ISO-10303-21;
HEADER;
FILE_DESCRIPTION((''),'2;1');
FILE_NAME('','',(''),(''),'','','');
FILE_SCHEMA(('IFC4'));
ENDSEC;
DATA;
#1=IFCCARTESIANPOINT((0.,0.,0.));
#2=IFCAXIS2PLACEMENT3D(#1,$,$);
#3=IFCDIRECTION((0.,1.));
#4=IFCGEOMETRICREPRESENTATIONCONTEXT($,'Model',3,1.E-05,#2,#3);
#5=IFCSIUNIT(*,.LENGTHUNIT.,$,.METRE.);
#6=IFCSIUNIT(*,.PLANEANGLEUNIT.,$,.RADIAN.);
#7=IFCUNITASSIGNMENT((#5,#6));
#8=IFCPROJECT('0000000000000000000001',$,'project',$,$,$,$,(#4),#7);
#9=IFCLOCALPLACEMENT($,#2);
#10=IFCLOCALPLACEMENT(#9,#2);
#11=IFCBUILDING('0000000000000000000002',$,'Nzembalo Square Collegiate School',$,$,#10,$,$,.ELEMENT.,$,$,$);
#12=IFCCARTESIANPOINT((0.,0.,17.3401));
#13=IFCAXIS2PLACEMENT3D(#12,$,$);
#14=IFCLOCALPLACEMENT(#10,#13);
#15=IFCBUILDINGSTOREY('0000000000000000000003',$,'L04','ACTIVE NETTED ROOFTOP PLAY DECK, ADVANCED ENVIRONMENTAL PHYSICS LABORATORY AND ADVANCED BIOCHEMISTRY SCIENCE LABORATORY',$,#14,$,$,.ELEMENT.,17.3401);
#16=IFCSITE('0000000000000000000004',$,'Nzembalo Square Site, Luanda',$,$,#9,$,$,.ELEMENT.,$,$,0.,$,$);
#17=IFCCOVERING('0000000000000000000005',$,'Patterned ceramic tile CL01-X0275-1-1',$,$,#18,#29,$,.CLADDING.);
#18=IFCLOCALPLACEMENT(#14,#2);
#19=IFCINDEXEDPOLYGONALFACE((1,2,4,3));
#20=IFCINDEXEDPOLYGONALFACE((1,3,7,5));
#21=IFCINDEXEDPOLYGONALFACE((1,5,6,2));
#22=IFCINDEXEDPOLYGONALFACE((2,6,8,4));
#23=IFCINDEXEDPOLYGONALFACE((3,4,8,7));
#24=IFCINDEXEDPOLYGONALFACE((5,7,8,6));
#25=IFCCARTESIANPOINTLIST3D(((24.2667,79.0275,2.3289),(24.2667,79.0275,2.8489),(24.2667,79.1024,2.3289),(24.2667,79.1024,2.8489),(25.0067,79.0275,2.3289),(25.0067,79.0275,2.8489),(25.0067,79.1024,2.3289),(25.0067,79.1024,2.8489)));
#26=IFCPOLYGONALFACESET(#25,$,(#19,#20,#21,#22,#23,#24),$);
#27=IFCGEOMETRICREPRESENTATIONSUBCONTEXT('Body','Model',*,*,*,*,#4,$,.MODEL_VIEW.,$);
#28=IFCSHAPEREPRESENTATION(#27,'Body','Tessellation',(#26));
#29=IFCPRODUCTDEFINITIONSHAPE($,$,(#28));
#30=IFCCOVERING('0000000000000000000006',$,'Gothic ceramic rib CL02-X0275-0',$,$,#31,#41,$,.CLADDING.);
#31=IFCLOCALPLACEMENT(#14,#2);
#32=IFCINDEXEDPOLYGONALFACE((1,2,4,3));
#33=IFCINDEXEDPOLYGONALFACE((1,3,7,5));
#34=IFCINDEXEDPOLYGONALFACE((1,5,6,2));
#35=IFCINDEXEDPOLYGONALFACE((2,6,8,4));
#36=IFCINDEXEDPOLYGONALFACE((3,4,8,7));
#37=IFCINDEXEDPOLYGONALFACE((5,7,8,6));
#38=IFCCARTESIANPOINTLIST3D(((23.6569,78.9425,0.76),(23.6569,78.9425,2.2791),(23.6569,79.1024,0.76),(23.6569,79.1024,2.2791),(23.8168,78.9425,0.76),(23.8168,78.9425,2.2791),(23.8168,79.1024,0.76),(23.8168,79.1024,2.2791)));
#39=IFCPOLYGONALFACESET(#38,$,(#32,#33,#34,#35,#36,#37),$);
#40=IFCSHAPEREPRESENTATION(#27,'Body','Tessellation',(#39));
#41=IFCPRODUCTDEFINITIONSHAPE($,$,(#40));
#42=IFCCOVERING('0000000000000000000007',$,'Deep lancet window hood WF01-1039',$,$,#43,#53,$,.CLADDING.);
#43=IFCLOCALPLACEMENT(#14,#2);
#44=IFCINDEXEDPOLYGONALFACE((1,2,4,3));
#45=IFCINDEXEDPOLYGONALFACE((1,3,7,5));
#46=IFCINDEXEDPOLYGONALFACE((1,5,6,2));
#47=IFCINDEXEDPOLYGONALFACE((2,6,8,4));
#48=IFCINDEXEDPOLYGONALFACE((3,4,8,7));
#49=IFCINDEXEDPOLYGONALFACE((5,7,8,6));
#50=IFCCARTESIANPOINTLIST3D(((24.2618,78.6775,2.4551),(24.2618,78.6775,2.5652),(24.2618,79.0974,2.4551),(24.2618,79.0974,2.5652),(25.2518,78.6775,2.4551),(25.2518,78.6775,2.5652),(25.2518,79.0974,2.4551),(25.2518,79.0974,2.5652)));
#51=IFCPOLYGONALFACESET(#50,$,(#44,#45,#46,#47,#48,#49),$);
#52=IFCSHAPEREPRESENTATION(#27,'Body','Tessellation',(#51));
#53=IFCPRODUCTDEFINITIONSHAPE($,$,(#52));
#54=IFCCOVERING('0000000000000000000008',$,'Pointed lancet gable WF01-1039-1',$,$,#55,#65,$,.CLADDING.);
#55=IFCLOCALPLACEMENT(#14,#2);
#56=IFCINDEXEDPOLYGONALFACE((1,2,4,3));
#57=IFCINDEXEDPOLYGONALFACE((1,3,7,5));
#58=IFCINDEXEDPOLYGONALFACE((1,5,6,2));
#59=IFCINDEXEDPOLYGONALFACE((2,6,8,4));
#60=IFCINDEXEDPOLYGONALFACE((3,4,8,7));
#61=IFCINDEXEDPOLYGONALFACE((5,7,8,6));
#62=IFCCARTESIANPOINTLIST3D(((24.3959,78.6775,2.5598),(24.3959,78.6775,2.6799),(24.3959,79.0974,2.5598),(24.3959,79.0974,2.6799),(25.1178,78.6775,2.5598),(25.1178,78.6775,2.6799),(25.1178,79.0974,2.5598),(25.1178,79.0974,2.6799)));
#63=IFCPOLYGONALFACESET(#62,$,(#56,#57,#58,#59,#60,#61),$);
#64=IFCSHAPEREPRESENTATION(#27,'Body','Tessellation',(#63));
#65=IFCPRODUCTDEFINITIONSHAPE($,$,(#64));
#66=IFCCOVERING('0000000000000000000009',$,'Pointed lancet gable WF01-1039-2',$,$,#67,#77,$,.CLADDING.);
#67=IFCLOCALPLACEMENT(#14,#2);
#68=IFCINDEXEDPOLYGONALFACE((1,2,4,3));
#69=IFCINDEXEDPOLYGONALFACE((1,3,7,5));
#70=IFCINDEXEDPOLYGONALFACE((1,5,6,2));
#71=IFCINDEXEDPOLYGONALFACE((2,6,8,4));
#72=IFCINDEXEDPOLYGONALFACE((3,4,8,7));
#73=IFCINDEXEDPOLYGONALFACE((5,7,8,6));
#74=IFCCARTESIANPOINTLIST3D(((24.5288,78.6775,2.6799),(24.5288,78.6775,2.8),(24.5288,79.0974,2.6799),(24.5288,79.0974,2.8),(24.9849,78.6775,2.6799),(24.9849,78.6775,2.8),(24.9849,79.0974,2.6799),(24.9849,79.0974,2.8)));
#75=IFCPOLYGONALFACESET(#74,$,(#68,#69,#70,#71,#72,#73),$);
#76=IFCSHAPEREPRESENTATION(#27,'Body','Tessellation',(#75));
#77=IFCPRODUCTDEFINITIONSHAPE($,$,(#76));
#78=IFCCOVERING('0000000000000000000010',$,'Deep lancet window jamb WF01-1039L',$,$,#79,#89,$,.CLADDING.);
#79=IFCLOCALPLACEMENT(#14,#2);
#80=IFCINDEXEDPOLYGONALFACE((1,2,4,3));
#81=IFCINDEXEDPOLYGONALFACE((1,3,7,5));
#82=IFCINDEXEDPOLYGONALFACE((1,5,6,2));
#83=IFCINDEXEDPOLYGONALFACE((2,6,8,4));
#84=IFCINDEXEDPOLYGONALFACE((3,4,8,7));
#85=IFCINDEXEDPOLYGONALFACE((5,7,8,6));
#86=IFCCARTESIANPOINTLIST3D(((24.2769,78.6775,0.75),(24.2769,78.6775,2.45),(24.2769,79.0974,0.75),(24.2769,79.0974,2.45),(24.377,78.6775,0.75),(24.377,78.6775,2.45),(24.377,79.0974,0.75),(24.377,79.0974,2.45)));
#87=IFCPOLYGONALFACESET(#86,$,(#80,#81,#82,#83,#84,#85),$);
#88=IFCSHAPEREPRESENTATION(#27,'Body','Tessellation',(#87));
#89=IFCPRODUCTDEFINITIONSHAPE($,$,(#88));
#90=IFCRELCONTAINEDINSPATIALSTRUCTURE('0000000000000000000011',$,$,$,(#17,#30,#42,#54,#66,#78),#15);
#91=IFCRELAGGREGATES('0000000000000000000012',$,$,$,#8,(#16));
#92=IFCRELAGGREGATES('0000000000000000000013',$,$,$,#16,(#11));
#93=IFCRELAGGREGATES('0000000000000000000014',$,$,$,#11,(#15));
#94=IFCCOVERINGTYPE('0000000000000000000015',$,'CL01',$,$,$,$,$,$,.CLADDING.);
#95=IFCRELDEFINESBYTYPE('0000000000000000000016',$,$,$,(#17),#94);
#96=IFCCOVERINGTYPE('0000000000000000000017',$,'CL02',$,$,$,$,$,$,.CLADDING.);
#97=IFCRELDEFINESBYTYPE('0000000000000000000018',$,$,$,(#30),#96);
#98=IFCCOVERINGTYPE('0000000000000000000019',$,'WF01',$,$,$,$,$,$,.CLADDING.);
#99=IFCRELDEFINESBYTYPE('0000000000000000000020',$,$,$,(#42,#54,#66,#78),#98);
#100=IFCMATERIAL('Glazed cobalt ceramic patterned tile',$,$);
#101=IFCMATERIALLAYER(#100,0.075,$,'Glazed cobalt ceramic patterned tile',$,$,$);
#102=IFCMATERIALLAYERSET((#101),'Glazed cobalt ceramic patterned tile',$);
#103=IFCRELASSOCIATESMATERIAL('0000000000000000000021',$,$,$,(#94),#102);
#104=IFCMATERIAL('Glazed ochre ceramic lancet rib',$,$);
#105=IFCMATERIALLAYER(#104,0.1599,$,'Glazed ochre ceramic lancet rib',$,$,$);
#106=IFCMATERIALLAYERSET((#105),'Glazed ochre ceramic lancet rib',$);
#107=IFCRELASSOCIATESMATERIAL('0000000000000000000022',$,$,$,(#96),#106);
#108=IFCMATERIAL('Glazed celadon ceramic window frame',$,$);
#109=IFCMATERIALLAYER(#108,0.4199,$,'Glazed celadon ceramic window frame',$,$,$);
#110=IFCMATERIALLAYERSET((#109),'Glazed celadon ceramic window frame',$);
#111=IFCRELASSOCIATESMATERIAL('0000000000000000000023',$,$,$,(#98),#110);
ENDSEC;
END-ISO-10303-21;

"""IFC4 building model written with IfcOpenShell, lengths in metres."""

from ifc_helpers import new_model, si_unit, direction, frame, origin, origin_2d, place, context, subcontext, project, spatial, rectangle, extrude, material, layer, layer_set, type_object, element, save


model = new_model("IFC4")

# Units and contexts
model_context = context("Model", 3, precision=1e-05, world=origin(), true_north=direction((0.0, 1.0)))
body_context = subcontext(model_context, "Body", "Model", "MODEL_VIEW")
ifc_project = project(units=[si_unit("LENGTHUNIT", "METRE"), si_unit("PLANEANGLEUNIT", "RADIAN")], contexts=[model_context])

# Site, building, storey
site_placement = place(None, origin())
site = spatial("IfcSite", under=ifc_project, at=site_placement, Name="Nzembalo Square Site, Luanda", CompositionType="ELEMENT", RefElevation=0.0)
building_placement = place(site_placement, origin())
building = spatial("IfcBuilding", under=site, at=building_placement, Name="Nzembalo Square Collegiate School", CompositionType="ELEMENT")
storey_placement = place(building_placement, frame((0.0, 0.0, 17.3401)))
storey = spatial("IfcBuildingStorey", under=building, at=storey_placement, Name="L04", Description="ACTIVE NETTED ROOFTOP PLAY DECK, ADVANCED ENVIRONMENTAL PHYSICS LABORATORY AND ADVANCED BIOCHEMISTRY SCIENCE LABORATORY", CompositionType="ELEMENT", Elevation=17.3401)

# Coverings
ifc_material_1 = material(Name="Glazed cobalt ceramic patterned tile")
ifc_layer_1 = layer(ifc_material_1, 0.075, Name="Glazed cobalt ceramic patterned tile")
ifc_layer_set_1 = layer_set([ifc_layer_1], Name="Glazed cobalt ceramic patterned tile")
covering_type_1 = type_object("IfcCoveringType", Name="CL01", PredefinedType="CLADDING", material=ifc_layer_set_1)
for number, where, z_axis, x_axis, name in (
    (1, (24.6367, 79.0649, 2.3289), (0.0, 0.0, 1.0), (1.0, 0.0, 0.0), "Patterned ceramic tile CL01-X0275-1-1"),
):
    element("IfcCovering", number, at=place(storey_placement, frame(where, z_axis=z_axis, x_axis=x_axis)), inside=storey, type_object=covering_type_1, Name=name, PredefinedType="CLADDING", context=body_context, shape_type="SweptSolid", body=[
        extrude(rectangle(XDim=0.74, YDim=0.075, at=origin_2d()), origin(), (0.0, 0.0, 1.0), 0.52),
    ])
ifc_material_2 = material(Name="Glazed ochre ceramic lancet rib")
ifc_layer_2 = layer(ifc_material_2, 0.1599, Name="Glazed ochre ceramic lancet rib")
ifc_layer_set_2 = layer_set([ifc_layer_2], Name="Glazed ochre ceramic lancet rib")
covering_type_2 = type_object("IfcCoveringType", Name="CL02", PredefinedType="CLADDING", material=ifc_layer_set_2)
covering_1_placement = place(storey_placement, frame((23.7368, 79.0225, 0.76), z_axis=(0.0, 0.0, 1.0), x_axis=(1.0, 0.0, 0.0)))
element("IfcCovering", 2, at=covering_1_placement, inside=storey, type_object=covering_type_2, Name="Gothic ceramic rib CL02-X0275-0", PredefinedType="CLADDING", context=body_context, shape_type="SweptSolid", body=[
    extrude(rectangle(XDim=0.1599, YDim=0.1599, at=origin_2d()), origin(), (0.0, 0.0, 1.0), 1.519),
])
ifc_material_3 = material(Name="Glazed celadon ceramic window frame")
ifc_layer_3 = layer(ifc_material_3, 0.4199, Name="Glazed celadon ceramic window frame")
ifc_layer_set_3 = layer_set([ifc_layer_3], Name="Glazed celadon ceramic window frame")
covering_type_3 = type_object("IfcCoveringType", Name="WF01", PredefinedType="CLADDING", material=ifc_layer_set_3)
covering_2_placement = place(storey_placement, frame((24.7568, 78.8875, 2.4551), z_axis=(0.0, 0.0, 1.0), x_axis=(1.0, 0.0, 0.0)))
element("IfcCovering", 3, at=covering_2_placement, inside=storey, type_object=covering_type_3, Name="Deep lancet window hood WF01-1039", PredefinedType="CLADDING", context=body_context, shape_type="SweptSolid", body=[
    extrude(rectangle(XDim=0.99, YDim=0.4199, at=origin_2d()), origin(), (0.0, 0.0, 1.0), 0.1101),
])
covering_3_placement = place(storey_placement, frame((24.7568, 78.8875, 2.5598), z_axis=(0.0, 0.0, 1.0), x_axis=(1.0, 0.0, 0.0)))
element("IfcCovering", 4, at=covering_3_placement, inside=storey, type_object=covering_type_3, Name="Pointed lancet gable WF01-1039-1", PredefinedType="CLADDING", context=body_context, shape_type="SweptSolid", body=[
    extrude(rectangle(XDim=0.7219, YDim=0.4199, at=origin_2d()), origin(), (0.0, 0.0, 1.0), 0.1201),
])
covering_4_placement = place(storey_placement, frame((24.7568, 78.8875, 2.6799), z_axis=(0.0, 0.0, 1.0), x_axis=(1.0, 0.0, 0.0)))
element("IfcCovering", 5, at=covering_4_placement, inside=storey, type_object=covering_type_3, Name="Pointed lancet gable WF01-1039-2", PredefinedType="CLADDING", context=body_context, shape_type="SweptSolid", body=[
    extrude(rectangle(XDim=0.4561, YDim=0.4199, at=origin_2d()), origin(), (0.0, 0.0, 1.0), 0.1201),
])
covering_5_placement = place(storey_placement, frame((24.3269, 78.8875, 0.75), z_axis=(0.0, 0.0, 1.0), x_axis=(1.0, 0.0, 0.0)))
element("IfcCovering", 6, at=covering_5_placement, inside=storey, type_object=covering_type_3, Name="Deep lancet window jamb WF01-1039L", PredefinedType="CLADDING", context=body_context, shape_type="SweptSolid", body=[
    extrude(rectangle(XDim=0.1001, YDim=0.4199, at=origin_2d()), origin(), (0.0, 0.0, 1.0), 1.7),
])

save(model, "model.ifc")
